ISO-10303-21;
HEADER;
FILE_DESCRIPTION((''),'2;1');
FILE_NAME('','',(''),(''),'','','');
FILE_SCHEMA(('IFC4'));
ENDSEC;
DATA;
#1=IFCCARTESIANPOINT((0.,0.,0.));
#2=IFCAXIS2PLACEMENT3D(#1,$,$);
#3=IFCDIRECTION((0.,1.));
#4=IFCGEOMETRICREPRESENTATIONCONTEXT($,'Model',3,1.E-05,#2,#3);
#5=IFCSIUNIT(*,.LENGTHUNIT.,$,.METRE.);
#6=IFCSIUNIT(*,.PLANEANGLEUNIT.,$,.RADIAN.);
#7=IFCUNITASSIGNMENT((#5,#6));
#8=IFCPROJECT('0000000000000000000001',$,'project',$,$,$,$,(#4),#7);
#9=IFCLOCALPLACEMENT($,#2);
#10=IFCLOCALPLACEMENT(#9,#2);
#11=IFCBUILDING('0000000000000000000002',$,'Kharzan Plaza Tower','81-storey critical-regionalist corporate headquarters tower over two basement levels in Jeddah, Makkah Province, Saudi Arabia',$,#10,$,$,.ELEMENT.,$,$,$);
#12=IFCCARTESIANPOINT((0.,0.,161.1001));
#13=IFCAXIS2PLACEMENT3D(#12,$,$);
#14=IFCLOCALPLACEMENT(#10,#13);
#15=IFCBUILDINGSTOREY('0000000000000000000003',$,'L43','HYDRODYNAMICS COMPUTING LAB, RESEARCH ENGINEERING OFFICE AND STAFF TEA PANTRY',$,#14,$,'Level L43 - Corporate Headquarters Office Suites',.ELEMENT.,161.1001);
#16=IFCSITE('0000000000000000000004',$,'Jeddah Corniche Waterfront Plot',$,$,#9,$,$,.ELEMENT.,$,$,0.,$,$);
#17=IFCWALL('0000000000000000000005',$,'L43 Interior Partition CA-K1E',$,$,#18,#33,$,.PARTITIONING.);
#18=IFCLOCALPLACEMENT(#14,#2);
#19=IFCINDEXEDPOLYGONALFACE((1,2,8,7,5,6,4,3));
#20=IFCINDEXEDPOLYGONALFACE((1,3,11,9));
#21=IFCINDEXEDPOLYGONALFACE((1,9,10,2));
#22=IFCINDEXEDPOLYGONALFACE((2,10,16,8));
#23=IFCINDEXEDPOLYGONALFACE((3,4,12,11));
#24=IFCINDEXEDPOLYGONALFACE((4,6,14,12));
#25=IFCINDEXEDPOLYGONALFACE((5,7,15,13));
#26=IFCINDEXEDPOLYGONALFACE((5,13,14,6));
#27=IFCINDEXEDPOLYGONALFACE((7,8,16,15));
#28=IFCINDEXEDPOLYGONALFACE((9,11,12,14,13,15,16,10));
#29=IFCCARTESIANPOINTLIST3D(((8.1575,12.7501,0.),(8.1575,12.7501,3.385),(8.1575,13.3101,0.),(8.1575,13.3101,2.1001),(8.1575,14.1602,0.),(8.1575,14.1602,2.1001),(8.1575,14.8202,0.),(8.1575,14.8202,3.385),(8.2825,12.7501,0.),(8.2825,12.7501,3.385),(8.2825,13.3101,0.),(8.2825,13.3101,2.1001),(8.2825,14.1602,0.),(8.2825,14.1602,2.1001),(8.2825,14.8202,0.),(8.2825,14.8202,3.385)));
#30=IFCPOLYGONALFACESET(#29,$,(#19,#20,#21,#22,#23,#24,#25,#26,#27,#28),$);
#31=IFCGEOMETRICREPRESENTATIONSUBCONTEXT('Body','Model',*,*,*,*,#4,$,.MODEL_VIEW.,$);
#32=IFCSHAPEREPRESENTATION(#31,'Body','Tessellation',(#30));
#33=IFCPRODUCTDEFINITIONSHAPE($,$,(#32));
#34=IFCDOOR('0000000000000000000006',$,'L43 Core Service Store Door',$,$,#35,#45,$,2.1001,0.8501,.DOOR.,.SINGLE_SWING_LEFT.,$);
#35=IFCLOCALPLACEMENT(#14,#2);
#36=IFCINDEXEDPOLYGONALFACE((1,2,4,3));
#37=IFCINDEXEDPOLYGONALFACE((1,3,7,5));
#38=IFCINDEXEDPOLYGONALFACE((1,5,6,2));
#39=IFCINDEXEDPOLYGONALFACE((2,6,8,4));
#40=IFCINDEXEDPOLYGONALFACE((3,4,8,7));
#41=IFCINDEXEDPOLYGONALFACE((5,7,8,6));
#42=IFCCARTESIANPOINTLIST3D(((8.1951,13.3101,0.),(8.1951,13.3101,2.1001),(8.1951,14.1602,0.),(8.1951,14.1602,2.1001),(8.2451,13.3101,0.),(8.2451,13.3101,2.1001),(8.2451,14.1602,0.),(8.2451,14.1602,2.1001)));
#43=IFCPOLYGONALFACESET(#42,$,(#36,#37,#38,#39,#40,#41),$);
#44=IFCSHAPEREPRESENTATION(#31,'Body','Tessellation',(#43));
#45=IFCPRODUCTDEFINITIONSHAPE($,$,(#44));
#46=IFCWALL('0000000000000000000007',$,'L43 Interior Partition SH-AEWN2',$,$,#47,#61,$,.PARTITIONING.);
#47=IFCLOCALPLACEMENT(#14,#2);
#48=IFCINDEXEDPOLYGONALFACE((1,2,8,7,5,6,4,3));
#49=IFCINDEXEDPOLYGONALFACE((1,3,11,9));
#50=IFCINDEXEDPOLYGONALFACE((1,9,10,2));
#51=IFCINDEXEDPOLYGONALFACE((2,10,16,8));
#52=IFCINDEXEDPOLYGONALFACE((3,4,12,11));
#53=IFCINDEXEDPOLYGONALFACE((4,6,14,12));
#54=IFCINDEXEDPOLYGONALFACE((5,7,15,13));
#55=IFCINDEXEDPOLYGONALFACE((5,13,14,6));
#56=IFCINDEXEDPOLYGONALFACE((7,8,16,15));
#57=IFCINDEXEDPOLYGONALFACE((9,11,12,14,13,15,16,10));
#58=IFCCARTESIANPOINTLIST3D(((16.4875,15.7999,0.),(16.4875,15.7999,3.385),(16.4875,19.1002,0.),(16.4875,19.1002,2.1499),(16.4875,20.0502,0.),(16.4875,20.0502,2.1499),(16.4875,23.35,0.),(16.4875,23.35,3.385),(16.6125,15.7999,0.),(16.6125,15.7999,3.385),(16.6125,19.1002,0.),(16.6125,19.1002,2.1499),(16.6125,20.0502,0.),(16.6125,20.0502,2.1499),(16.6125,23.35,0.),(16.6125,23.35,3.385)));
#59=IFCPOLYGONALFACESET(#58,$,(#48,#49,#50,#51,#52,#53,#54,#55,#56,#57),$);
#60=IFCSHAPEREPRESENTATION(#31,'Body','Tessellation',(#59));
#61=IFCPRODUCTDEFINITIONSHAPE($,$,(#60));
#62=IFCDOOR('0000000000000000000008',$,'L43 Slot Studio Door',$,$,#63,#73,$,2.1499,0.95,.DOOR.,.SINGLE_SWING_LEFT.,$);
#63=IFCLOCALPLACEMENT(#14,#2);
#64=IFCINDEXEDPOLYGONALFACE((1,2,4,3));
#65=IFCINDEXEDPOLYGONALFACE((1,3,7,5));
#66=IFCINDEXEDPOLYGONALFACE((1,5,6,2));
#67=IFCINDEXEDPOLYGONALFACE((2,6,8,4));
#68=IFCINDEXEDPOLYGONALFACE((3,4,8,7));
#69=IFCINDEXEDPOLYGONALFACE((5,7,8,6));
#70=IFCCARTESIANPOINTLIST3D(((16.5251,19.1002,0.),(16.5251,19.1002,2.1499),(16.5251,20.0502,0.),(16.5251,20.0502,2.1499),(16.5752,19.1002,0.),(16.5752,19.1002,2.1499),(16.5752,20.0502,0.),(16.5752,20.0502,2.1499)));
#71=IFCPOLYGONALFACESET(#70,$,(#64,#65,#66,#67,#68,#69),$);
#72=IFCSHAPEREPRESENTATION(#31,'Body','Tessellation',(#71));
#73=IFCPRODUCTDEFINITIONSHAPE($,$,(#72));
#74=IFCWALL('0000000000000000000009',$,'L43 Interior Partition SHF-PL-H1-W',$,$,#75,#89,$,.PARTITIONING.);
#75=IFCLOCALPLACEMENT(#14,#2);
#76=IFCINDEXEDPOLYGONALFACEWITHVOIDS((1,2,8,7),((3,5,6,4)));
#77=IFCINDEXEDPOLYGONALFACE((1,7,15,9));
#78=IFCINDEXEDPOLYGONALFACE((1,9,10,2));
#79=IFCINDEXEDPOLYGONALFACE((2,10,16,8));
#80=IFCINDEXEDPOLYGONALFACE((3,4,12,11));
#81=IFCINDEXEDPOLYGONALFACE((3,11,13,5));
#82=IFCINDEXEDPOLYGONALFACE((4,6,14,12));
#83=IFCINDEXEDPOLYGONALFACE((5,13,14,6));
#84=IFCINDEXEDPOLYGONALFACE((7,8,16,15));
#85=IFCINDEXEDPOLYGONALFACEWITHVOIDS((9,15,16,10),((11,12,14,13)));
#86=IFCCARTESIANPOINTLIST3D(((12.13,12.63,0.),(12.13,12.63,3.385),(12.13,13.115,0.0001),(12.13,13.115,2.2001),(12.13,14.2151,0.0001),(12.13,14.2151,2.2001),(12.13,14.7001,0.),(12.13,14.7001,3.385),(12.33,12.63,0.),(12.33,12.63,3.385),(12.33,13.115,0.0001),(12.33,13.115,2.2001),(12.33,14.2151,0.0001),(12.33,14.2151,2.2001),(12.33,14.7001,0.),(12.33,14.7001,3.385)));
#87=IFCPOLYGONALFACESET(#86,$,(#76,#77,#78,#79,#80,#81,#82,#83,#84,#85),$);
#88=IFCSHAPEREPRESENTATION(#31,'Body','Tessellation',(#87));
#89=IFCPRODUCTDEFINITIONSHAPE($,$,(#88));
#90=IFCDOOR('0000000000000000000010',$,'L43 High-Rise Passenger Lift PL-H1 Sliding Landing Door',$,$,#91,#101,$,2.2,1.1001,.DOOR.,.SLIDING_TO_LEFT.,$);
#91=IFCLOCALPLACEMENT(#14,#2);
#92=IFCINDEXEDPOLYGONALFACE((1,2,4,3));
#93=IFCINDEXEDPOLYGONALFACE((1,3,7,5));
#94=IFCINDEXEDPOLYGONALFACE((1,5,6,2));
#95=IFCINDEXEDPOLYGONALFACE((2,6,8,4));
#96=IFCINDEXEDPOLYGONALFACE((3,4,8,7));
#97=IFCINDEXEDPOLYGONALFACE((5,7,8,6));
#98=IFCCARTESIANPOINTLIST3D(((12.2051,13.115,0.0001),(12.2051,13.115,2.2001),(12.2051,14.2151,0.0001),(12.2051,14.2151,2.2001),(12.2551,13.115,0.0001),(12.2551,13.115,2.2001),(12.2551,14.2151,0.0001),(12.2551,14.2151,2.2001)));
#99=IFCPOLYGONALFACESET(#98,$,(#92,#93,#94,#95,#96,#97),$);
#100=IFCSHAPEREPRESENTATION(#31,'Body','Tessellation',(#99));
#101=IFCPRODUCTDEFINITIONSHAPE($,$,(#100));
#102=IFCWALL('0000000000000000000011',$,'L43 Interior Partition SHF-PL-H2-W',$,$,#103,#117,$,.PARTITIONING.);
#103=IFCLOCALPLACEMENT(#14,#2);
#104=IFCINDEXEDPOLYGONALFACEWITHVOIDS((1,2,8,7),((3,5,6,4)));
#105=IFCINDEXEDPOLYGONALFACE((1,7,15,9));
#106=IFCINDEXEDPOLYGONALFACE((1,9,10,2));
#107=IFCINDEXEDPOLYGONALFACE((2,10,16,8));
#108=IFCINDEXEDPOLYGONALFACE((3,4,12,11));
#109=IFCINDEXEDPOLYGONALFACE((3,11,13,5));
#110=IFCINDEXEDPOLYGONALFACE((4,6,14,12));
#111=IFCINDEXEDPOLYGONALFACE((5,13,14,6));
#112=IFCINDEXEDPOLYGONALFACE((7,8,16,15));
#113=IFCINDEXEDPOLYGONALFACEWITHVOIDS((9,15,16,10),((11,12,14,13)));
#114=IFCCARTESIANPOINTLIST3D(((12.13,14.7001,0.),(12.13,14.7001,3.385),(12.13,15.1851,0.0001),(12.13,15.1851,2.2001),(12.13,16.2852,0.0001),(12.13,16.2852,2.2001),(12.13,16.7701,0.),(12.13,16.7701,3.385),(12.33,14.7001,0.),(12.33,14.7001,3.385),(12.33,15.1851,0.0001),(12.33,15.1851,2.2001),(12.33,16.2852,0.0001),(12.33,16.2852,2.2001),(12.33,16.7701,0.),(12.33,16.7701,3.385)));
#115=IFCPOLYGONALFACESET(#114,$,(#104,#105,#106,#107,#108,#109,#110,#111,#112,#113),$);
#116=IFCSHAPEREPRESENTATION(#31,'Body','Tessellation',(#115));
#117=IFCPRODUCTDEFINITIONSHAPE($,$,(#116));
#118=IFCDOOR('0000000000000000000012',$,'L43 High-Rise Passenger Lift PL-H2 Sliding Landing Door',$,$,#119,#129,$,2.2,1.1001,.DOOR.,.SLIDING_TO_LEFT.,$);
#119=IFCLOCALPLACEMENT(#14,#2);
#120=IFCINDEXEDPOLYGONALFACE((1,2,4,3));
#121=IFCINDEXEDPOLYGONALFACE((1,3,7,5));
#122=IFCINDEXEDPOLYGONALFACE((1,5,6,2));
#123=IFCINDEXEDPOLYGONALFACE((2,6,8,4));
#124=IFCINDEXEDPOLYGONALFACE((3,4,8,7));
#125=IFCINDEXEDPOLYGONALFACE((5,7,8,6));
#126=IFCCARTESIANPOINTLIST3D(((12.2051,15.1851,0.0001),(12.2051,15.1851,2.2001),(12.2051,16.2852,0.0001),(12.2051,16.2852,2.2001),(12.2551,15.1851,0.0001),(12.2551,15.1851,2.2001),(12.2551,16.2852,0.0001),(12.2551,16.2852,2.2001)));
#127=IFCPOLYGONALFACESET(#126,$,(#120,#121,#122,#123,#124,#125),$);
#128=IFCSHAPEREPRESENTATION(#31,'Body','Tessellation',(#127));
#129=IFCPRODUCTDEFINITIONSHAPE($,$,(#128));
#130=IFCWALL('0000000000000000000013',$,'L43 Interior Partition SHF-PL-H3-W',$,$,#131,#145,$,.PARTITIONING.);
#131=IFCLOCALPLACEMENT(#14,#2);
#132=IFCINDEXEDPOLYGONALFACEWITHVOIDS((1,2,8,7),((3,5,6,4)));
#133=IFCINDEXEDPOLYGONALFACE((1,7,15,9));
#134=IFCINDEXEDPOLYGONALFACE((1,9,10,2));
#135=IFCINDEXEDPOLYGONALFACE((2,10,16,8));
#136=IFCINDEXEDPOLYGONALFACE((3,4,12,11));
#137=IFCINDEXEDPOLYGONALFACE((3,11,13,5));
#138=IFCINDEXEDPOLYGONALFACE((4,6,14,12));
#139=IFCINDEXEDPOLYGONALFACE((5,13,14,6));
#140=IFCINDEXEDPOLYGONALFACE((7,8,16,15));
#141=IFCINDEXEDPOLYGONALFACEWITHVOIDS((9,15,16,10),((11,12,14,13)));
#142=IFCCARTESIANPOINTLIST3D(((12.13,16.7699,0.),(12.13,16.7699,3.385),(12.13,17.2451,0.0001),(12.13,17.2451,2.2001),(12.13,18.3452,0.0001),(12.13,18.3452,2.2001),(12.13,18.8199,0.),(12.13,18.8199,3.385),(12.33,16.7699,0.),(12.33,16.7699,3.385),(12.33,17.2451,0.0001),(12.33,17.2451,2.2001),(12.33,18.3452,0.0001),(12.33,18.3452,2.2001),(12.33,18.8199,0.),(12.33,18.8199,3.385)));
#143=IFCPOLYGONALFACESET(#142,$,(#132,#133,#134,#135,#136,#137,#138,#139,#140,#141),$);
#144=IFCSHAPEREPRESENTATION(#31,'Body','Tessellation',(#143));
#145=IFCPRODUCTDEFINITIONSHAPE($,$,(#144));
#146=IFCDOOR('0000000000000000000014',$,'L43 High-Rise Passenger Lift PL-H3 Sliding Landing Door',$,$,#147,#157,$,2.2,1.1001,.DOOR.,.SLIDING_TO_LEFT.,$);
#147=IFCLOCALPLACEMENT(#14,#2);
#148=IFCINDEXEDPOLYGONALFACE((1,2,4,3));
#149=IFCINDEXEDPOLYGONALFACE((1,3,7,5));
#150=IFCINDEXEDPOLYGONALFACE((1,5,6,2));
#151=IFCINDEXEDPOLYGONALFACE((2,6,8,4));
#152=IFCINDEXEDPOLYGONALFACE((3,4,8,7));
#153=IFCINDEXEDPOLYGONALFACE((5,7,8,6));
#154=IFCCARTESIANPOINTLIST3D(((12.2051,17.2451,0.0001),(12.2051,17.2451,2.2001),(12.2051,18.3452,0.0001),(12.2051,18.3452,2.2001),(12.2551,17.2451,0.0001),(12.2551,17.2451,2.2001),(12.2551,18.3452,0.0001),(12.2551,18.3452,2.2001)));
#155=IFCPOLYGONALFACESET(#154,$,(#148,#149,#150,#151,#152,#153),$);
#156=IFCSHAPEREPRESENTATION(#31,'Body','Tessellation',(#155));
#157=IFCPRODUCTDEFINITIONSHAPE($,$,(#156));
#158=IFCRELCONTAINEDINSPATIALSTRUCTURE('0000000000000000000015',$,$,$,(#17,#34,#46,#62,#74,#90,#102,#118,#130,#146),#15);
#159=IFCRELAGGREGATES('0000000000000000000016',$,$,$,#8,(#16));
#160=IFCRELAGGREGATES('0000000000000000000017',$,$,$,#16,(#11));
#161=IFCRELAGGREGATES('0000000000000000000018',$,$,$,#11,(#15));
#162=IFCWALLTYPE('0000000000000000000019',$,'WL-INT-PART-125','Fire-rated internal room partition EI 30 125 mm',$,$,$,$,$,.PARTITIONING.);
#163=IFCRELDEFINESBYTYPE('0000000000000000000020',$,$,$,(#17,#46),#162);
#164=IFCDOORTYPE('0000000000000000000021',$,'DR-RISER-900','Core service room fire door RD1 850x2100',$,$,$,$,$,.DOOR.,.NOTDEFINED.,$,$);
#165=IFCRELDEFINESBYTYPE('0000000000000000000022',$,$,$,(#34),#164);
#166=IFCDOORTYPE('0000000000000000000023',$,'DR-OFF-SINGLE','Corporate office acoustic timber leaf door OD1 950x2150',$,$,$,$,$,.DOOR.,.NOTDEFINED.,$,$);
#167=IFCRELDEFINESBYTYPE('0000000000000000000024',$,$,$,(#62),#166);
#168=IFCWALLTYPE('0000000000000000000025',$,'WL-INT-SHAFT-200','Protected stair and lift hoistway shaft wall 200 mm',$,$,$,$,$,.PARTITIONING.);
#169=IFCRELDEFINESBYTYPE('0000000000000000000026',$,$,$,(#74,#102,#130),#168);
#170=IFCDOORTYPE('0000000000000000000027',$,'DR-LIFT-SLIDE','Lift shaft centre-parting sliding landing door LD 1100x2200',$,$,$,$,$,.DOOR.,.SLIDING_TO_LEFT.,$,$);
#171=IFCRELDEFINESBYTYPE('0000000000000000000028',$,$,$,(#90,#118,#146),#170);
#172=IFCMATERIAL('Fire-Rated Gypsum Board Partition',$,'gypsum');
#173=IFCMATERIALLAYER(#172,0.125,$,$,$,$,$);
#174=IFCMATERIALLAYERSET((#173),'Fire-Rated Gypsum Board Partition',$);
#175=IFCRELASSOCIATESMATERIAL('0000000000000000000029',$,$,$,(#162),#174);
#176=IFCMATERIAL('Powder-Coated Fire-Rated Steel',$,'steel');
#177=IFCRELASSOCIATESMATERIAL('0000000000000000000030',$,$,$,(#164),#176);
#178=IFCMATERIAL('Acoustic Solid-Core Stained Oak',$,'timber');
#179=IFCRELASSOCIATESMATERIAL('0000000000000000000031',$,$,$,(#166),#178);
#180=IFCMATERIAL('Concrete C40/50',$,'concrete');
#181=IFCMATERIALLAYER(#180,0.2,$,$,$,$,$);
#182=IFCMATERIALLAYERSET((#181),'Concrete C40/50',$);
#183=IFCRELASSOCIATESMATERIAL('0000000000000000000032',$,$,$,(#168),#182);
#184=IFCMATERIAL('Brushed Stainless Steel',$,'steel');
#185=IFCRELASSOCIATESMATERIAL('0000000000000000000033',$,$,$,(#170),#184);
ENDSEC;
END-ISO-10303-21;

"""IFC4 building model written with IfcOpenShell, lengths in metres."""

from ifc_helpers import new_model, si_unit, direction, frame, frame_2d, origin, place, context, subcontext, project, spatial, rectangle, extrude, source, transform, mapped, material, layer, layer_set, type_object, element, fill, save


model = new_model("IFC4")

# Units and contexts
model_context = context("Model", 3, precision=1e-05, world=origin(), true_north=direction((0.0, 1.0)))
body_context = subcontext(model_context, "Body", "Model", "MODEL_VIEW")
ifc_project = project(units=[si_unit("LENGTHUNIT", "METRE"), si_unit("PLANEANGLEUNIT", "RADIAN")], contexts=[model_context])

# Site, building, storey
site_placement = place(None, origin())
site = spatial("IfcSite", under=ifc_project, at=site_placement, Name="Jeddah Corniche Waterfront Plot", CompositionType="ELEMENT", RefElevation=0.0)
building_placement = place(site_placement, origin())
building = spatial("IfcBuilding", under=site, at=building_placement, Name="Kharzan Plaza Tower", Description="81-storey critical-regionalist corporate headquarters tower over two basement levels in Jeddah, Makkah Province, Saudi Arabia", CompositionType="ELEMENT")
storey_placement = place(building_placement, frame((0.0, 0.0, 161.1001)))
storey = spatial("IfcBuildingStorey", under=building, at=storey_placement, Name="L43", Description="HYDRODYNAMICS COMPUTING LAB, RESEARCH ENGINEERING OFFICE AND STAFF TEA PANTRY", LongName="Level L43 - Corporate Headquarters Office Suites", CompositionType="ELEMENT", Elevation=161.1001)

# Walls, openings, doors
ifc_material_1 = material(Name="Fire-Rated Gypsum Board Partition", Category="gypsum")
ifc_layer_1 = layer(ifc_material_1, 0.125)
ifc_layer_set_1 = layer_set([ifc_layer_1], Name="Fire-Rated Gypsum Board Partition")
wall_type_1 = type_object("IfcWallType", Name="WL-INT-PART-125", Description="Fire-rated internal room partition EI 30 125 mm", PredefinedType="PARTITIONING", material=ifc_layer_set_1)
wall_1_placement = place(storey_placement, frame((8.22, 12.75, 0.0), z_axis=(0.0, 0.0, 1.0), x_axis=(0.0, 1.0, 0.0)))
wall_1 = element("IfcWall", 1, at=wall_1_placement, inside=storey, type_object=wall_type_1, Name="L43 Interior Partition CA-K1E", PredefinedType="PARTITIONING", context=body_context, shape_type="SweptSolid", body=[
    extrude(rectangle(XDim=2.0701, YDim=0.125, at=frame_2d((1.0352, 0.0))), origin(), (0.0, 0.0, 1.0), 3.385),
])
opening_1_placement = place(wall_1_placement, frame((0.5601, 0.0, 0.0)))
opening_1 = element("IfcOpeningElement", 2, at=opening_1_placement, cuts=wall_1, PredefinedType="OPENING", context=body_context, shape_type="SweptSolid", body=[
    extrude(rectangle(XDim=0.8501, YDim=2.1001, at=frame_2d((0.425, 1.05))), frame((0.0, 0.0725, 0.0), z_axis=(0.0, -1.0, 0.0), x_axis=(1.0, 0.0, 0.0)), (0.0, 0.0, 1.0), 0.145),
])
ifc_material_2 = material(Name="Powder-Coated Fire-Rated Steel", Category="steel")
door_type_1 = type_object("IfcDoorType", Name="DR-RISER-900", Description="Core service room fire door RD1 850x2100", OperationType="NOTDEFINED", PredefinedType="DOOR", material=ifc_material_2)
shared_shape_1 = source(origin(), body_context, "Body", "SweptSolid", [
    extrude(rectangle(XDim=0.8501, YDim=2.1001, at=frame_2d((0.425, 1.05))), frame((0.0, 0.0249, 0.0), z_axis=(0.0, -1.0, 0.0), x_axis=(1.0, 0.0, 0.0)), (0.0, 0.0, 1.0), 0.05),
])
door_1_placement = place(opening_1_placement, origin())
door_1 = element("IfcDoor", 3, at=door_1_placement, inside=storey, type_object=door_type_1, Name="L43 Core Service Store Door", OperationType="SINGLE_SWING_LEFT", OverallHeight=2.1001, OverallWidth=0.8501, PredefinedType="DOOR", context=body_context, shape_type="MappedRepresentation", body=[
    mapped(shared_shape_1, transform((0.0, 0.0, 0.0), x_axis=(1.0, 0.0, 0.0), y_axis=(0.0, 1.0, 0.0), z_axis=(0.0, 0.0, 1.0))),
])
fill(opening_1, door_1)
ifc_material_3 = material(Name="Acoustic Solid-Core Stained Oak", Category="timber")
door_type_2 = type_object("IfcDoorType", Name="DR-OFF-SINGLE", Description="Corporate office acoustic timber leaf door OD1 950x2150", OperationType="NOTDEFINED", PredefinedType="DOOR", material=ifc_material_3)
shared_shape_2 = source(origin(), body_context, "Body", "SweptSolid", [
    extrude(rectangle(XDim=0.95, YDim=2.1499, at=frame_2d((0.4751, 1.075))), frame((0.0, 0.0249, 0.0), z_axis=(0.0, -1.0, 0.0), x_axis=(1.0, 0.0, 0.0)), (0.0, 0.0, 1.0), 0.05),
])
wall_2_placement = place(storey_placement, frame((16.55, 15.8, 0.0), z_axis=(0.0, 0.0, 1.0), x_axis=(0.0, 1.0, 0.0)))
wall_2 = element("IfcWall", 4, at=wall_2_placement, inside=storey, type_object=wall_type_1, Name="L43 Interior Partition SH-AEWN2", PredefinedType="PARTITIONING", context=body_context, shape_type="SweptSolid", body=[
    extrude(rectangle(XDim=7.55, YDim=0.125, at=frame_2d((3.7749, 0.0))), origin(), (0.0, 0.0, 1.0), 3.385),
])
opening_2_placement = place(wall_2_placement, frame((3.3, 0.0, 0.0)))
opening_2 = element("IfcOpeningElement", 5, at=opening_2_placement, cuts=wall_2, PredefinedType="OPENING", context=body_context, shape_type="SweptSolid", body=[
    extrude(rectangle(XDim=0.95, YDim=2.1499, at=frame_2d((0.4751, 1.075))), frame((0.0, 0.0725, 0.0), z_axis=(0.0, -1.0, 0.0), x_axis=(1.0, 0.0, 0.0)), (0.0, 0.0, 1.0), 0.145),
])
door_2_placement = place(opening_2_placement, origin())
door_2 = element("IfcDoor", 6, at=door_2_placement, inside=storey, type_object=door_type_2, Name="L43 Slot Studio Door", OperationType="SINGLE_SWING_LEFT", OverallHeight=2.1499, OverallWidth=0.95, PredefinedType="DOOR", context=body_context, shape_type="MappedRepresentation", body=[
    mapped(shared_shape_2, transform((0.0, 0.0, 0.0), x_axis=(1.0, 0.0, 0.0), y_axis=(0.0, 1.0, 0.0), z_axis=(0.0, 0.0, 1.0))),
])
fill(opening_2, door_2)
ifc_material_4 = material(Name="Concrete C40/50", Category="concrete")
ifc_layer_2 = layer(ifc_material_4, 0.2)
ifc_layer_set_2 = layer_set([ifc_layer_2], Name="Concrete C40/50")
wall_type_2 = type_object("IfcWallType", Name="WL-INT-SHAFT-200", Description="Protected stair and lift hoistway shaft wall 200 mm", PredefinedType="PARTITIONING", material=ifc_layer_set_2)
wall_3_placement = place(storey_placement, frame((12.23, 12.6299, 0.0), z_axis=(0.0, 0.0, 1.0), x_axis=(0.0, 1.0, 0.0)))
wall_3 = element("IfcWall", 7, at=wall_3_placement, inside=storey, type_object=wall_type_2, Name="L43 Interior Partition SHF-PL-H1-W", PredefinedType="PARTITIONING", context=body_context, shape_type="SweptSolid", body=[
    extrude(rectangle(XDim=2.0701, YDim=0.2, at=frame_2d((1.0352, 0.0))), origin(), (0.0, 0.0, 1.0), 3.385),
])
opening_3_placement = place(wall_3_placement, frame((0.4851, 0.0, 0.0)))
opening_3 = element("IfcOpeningElement", 8, at=opening_3_placement, cuts=wall_3, PredefinedType="OPENING", context=body_context, shape_type="SweptSolid", body=[
    extrude(rectangle(XDim=1.1001, YDim=2.2, at=frame_2d((0.55, 1.1001))), frame((0.0, 0.1099, 0.0), z_axis=(0.0, -1.0, 0.0), x_axis=(1.0, 0.0, 0.0)), (0.0, 0.0, 1.0), 0.22),
])
ifc_material_5 = material(Name="Brushed Stainless Steel", Category="steel")
door_type_3 = type_object("IfcDoorType", Name="DR-LIFT-SLIDE", Description="Lift shaft centre-parting sliding landing door LD 1100x2200", OperationType="SLIDING_TO_LEFT", PredefinedType="DOOR", material=ifc_material_5)
shared_shape_3 = source(origin(), body_context, "Body", "SweptSolid", [
    extrude(rectangle(XDim=1.1001, YDim=2.2, at=frame_2d((0.55, 1.1001))), frame((0.0, 0.0249, 0.0), z_axis=(0.0, -1.0, 0.0), x_axis=(1.0, 0.0, 0.0)), (0.0, 0.0, 1.0), 0.05),
])
door_3_placement = place(opening_3_placement, origin())
door_3 = element("IfcDoor", 9, at=door_3_placement, inside=storey, type_object=door_type_3, Name="L43 High-Rise Passenger Lift PL-H1 Sliding Landing Door", OperationType="SLIDING_TO_LEFT", OverallHeight=2.2, OverallWidth=1.1001, PredefinedType="DOOR", context=body_context, shape_type="MappedRepresentation", body=[
    mapped(shared_shape_3, transform((0.0, 0.0, 0.0), x_axis=(1.0, 0.0, 0.0), y_axis=(0.0, 1.0, 0.0), z_axis=(0.0, 0.0, 1.0))),
])
fill(opening_3, door_3)
wall_4_placement = place(storey_placement, frame((12.23, 14.7, 0.0), z_axis=(0.0, 0.0, 1.0), x_axis=(0.0, 1.0, 0.0)))
wall_4 = element("IfcWall", 10, at=wall_4_placement, inside=storey, type_object=wall_type_2, Name="L43 Interior Partition SHF-PL-H2-W", PredefinedType="PARTITIONING", context=body_context, shape_type="SweptSolid", body=[
    extrude(rectangle(XDim=2.0701, YDim=0.2, at=frame_2d((1.0352, 0.0))), origin(), (0.0, 0.0, 1.0), 3.385),
])
opening_4_placement = place(wall_4_placement, frame((0.4851, 0.0, 0.0)))
opening_4 = element("IfcOpeningElement", 11, at=opening_4_placement, cuts=wall_4, PredefinedType="OPENING", context=body_context, shape_type="SweptSolid", body=[
    extrude(rectangle(XDim=1.1001, YDim=2.2, at=frame_2d((0.55, 1.1001))), frame((0.0, 0.1099, 0.0), z_axis=(0.0, -1.0, 0.0), x_axis=(1.0, 0.0, 0.0)), (0.0, 0.0, 1.0), 0.22),
])
door_4_placement = place(opening_4_placement, origin())
door_4 = element("IfcDoor", 12, at=door_4_placement, inside=storey, type_object=door_type_3, Name="L43 High-Rise Passenger Lift PL-H2 Sliding Landing Door", OperationType="SLIDING_TO_LEFT", OverallHeight=2.2, OverallWidth=1.1001, PredefinedType="DOOR", context=body_context, shape_type="MappedRepresentation", body=[
    mapped(shared_shape_3, transform((0.0, 0.0, 0.0), x_axis=(1.0, 0.0, 0.0), y_axis=(0.0, 1.0, 0.0), z_axis=(0.0, 0.0, 1.0))),
])
fill(opening_4, door_4)
wall_5_placement = place(storey_placement, frame((12.23, 16.77, 0.0), z_axis=(0.0, 0.0, 1.0), x_axis=(0.0, 1.0, 0.0)))
wall_5 = element("IfcWall", 13, at=wall_5_placement, inside=storey, type_object=wall_type_2, Name="L43 Interior Partition SHF-PL-H3-W", PredefinedType="PARTITIONING", context=body_context, shape_type="SweptSolid", body=[
    extrude(rectangle(XDim=2.05, YDim=0.2, at=frame_2d((1.0249, 0.0))), origin(), (0.0, 0.0, 1.0), 3.385),
])
opening_5_placement = place(wall_5_placement, frame((0.4751, 0.0, 0.0)))
opening_5 = element("IfcOpeningElement", 14, at=opening_5_placement, cuts=wall_5, PredefinedType="OPENING", context=body_context, shape_type="SweptSolid", body=[
    extrude(rectangle(XDim=1.1001, YDim=2.2, at=frame_2d((0.55, 1.1001))), frame((0.0, 0.1099, 0.0), z_axis=(0.0, -1.0, 0.0), x_axis=(1.0, 0.0, 0.0)), (0.0, 0.0, 1.0), 0.22),
])
door_5_placement = place(opening_5_placement, origin())
door_5 = element("IfcDoor", 15, at=door_5_placement, inside=storey, type_object=door_type_3, Name="L43 High-Rise Passenger Lift PL-H3 Sliding Landing Door", OperationType="SLIDING_TO_LEFT", OverallHeight=2.2, OverallWidth=1.1001, PredefinedType="DOOR", context=body_context, shape_type="MappedRepresentation", body=[
    mapped(shared_shape_3, transform((0.0, 0.0, 0.0), x_axis=(1.0, 0.0, 0.0), y_axis=(0.0, 1.0, 0.0), z_axis=(0.0, 0.0, 1.0))),
])
fill(opening_5, door_5)

save(model, "model.ifc")
